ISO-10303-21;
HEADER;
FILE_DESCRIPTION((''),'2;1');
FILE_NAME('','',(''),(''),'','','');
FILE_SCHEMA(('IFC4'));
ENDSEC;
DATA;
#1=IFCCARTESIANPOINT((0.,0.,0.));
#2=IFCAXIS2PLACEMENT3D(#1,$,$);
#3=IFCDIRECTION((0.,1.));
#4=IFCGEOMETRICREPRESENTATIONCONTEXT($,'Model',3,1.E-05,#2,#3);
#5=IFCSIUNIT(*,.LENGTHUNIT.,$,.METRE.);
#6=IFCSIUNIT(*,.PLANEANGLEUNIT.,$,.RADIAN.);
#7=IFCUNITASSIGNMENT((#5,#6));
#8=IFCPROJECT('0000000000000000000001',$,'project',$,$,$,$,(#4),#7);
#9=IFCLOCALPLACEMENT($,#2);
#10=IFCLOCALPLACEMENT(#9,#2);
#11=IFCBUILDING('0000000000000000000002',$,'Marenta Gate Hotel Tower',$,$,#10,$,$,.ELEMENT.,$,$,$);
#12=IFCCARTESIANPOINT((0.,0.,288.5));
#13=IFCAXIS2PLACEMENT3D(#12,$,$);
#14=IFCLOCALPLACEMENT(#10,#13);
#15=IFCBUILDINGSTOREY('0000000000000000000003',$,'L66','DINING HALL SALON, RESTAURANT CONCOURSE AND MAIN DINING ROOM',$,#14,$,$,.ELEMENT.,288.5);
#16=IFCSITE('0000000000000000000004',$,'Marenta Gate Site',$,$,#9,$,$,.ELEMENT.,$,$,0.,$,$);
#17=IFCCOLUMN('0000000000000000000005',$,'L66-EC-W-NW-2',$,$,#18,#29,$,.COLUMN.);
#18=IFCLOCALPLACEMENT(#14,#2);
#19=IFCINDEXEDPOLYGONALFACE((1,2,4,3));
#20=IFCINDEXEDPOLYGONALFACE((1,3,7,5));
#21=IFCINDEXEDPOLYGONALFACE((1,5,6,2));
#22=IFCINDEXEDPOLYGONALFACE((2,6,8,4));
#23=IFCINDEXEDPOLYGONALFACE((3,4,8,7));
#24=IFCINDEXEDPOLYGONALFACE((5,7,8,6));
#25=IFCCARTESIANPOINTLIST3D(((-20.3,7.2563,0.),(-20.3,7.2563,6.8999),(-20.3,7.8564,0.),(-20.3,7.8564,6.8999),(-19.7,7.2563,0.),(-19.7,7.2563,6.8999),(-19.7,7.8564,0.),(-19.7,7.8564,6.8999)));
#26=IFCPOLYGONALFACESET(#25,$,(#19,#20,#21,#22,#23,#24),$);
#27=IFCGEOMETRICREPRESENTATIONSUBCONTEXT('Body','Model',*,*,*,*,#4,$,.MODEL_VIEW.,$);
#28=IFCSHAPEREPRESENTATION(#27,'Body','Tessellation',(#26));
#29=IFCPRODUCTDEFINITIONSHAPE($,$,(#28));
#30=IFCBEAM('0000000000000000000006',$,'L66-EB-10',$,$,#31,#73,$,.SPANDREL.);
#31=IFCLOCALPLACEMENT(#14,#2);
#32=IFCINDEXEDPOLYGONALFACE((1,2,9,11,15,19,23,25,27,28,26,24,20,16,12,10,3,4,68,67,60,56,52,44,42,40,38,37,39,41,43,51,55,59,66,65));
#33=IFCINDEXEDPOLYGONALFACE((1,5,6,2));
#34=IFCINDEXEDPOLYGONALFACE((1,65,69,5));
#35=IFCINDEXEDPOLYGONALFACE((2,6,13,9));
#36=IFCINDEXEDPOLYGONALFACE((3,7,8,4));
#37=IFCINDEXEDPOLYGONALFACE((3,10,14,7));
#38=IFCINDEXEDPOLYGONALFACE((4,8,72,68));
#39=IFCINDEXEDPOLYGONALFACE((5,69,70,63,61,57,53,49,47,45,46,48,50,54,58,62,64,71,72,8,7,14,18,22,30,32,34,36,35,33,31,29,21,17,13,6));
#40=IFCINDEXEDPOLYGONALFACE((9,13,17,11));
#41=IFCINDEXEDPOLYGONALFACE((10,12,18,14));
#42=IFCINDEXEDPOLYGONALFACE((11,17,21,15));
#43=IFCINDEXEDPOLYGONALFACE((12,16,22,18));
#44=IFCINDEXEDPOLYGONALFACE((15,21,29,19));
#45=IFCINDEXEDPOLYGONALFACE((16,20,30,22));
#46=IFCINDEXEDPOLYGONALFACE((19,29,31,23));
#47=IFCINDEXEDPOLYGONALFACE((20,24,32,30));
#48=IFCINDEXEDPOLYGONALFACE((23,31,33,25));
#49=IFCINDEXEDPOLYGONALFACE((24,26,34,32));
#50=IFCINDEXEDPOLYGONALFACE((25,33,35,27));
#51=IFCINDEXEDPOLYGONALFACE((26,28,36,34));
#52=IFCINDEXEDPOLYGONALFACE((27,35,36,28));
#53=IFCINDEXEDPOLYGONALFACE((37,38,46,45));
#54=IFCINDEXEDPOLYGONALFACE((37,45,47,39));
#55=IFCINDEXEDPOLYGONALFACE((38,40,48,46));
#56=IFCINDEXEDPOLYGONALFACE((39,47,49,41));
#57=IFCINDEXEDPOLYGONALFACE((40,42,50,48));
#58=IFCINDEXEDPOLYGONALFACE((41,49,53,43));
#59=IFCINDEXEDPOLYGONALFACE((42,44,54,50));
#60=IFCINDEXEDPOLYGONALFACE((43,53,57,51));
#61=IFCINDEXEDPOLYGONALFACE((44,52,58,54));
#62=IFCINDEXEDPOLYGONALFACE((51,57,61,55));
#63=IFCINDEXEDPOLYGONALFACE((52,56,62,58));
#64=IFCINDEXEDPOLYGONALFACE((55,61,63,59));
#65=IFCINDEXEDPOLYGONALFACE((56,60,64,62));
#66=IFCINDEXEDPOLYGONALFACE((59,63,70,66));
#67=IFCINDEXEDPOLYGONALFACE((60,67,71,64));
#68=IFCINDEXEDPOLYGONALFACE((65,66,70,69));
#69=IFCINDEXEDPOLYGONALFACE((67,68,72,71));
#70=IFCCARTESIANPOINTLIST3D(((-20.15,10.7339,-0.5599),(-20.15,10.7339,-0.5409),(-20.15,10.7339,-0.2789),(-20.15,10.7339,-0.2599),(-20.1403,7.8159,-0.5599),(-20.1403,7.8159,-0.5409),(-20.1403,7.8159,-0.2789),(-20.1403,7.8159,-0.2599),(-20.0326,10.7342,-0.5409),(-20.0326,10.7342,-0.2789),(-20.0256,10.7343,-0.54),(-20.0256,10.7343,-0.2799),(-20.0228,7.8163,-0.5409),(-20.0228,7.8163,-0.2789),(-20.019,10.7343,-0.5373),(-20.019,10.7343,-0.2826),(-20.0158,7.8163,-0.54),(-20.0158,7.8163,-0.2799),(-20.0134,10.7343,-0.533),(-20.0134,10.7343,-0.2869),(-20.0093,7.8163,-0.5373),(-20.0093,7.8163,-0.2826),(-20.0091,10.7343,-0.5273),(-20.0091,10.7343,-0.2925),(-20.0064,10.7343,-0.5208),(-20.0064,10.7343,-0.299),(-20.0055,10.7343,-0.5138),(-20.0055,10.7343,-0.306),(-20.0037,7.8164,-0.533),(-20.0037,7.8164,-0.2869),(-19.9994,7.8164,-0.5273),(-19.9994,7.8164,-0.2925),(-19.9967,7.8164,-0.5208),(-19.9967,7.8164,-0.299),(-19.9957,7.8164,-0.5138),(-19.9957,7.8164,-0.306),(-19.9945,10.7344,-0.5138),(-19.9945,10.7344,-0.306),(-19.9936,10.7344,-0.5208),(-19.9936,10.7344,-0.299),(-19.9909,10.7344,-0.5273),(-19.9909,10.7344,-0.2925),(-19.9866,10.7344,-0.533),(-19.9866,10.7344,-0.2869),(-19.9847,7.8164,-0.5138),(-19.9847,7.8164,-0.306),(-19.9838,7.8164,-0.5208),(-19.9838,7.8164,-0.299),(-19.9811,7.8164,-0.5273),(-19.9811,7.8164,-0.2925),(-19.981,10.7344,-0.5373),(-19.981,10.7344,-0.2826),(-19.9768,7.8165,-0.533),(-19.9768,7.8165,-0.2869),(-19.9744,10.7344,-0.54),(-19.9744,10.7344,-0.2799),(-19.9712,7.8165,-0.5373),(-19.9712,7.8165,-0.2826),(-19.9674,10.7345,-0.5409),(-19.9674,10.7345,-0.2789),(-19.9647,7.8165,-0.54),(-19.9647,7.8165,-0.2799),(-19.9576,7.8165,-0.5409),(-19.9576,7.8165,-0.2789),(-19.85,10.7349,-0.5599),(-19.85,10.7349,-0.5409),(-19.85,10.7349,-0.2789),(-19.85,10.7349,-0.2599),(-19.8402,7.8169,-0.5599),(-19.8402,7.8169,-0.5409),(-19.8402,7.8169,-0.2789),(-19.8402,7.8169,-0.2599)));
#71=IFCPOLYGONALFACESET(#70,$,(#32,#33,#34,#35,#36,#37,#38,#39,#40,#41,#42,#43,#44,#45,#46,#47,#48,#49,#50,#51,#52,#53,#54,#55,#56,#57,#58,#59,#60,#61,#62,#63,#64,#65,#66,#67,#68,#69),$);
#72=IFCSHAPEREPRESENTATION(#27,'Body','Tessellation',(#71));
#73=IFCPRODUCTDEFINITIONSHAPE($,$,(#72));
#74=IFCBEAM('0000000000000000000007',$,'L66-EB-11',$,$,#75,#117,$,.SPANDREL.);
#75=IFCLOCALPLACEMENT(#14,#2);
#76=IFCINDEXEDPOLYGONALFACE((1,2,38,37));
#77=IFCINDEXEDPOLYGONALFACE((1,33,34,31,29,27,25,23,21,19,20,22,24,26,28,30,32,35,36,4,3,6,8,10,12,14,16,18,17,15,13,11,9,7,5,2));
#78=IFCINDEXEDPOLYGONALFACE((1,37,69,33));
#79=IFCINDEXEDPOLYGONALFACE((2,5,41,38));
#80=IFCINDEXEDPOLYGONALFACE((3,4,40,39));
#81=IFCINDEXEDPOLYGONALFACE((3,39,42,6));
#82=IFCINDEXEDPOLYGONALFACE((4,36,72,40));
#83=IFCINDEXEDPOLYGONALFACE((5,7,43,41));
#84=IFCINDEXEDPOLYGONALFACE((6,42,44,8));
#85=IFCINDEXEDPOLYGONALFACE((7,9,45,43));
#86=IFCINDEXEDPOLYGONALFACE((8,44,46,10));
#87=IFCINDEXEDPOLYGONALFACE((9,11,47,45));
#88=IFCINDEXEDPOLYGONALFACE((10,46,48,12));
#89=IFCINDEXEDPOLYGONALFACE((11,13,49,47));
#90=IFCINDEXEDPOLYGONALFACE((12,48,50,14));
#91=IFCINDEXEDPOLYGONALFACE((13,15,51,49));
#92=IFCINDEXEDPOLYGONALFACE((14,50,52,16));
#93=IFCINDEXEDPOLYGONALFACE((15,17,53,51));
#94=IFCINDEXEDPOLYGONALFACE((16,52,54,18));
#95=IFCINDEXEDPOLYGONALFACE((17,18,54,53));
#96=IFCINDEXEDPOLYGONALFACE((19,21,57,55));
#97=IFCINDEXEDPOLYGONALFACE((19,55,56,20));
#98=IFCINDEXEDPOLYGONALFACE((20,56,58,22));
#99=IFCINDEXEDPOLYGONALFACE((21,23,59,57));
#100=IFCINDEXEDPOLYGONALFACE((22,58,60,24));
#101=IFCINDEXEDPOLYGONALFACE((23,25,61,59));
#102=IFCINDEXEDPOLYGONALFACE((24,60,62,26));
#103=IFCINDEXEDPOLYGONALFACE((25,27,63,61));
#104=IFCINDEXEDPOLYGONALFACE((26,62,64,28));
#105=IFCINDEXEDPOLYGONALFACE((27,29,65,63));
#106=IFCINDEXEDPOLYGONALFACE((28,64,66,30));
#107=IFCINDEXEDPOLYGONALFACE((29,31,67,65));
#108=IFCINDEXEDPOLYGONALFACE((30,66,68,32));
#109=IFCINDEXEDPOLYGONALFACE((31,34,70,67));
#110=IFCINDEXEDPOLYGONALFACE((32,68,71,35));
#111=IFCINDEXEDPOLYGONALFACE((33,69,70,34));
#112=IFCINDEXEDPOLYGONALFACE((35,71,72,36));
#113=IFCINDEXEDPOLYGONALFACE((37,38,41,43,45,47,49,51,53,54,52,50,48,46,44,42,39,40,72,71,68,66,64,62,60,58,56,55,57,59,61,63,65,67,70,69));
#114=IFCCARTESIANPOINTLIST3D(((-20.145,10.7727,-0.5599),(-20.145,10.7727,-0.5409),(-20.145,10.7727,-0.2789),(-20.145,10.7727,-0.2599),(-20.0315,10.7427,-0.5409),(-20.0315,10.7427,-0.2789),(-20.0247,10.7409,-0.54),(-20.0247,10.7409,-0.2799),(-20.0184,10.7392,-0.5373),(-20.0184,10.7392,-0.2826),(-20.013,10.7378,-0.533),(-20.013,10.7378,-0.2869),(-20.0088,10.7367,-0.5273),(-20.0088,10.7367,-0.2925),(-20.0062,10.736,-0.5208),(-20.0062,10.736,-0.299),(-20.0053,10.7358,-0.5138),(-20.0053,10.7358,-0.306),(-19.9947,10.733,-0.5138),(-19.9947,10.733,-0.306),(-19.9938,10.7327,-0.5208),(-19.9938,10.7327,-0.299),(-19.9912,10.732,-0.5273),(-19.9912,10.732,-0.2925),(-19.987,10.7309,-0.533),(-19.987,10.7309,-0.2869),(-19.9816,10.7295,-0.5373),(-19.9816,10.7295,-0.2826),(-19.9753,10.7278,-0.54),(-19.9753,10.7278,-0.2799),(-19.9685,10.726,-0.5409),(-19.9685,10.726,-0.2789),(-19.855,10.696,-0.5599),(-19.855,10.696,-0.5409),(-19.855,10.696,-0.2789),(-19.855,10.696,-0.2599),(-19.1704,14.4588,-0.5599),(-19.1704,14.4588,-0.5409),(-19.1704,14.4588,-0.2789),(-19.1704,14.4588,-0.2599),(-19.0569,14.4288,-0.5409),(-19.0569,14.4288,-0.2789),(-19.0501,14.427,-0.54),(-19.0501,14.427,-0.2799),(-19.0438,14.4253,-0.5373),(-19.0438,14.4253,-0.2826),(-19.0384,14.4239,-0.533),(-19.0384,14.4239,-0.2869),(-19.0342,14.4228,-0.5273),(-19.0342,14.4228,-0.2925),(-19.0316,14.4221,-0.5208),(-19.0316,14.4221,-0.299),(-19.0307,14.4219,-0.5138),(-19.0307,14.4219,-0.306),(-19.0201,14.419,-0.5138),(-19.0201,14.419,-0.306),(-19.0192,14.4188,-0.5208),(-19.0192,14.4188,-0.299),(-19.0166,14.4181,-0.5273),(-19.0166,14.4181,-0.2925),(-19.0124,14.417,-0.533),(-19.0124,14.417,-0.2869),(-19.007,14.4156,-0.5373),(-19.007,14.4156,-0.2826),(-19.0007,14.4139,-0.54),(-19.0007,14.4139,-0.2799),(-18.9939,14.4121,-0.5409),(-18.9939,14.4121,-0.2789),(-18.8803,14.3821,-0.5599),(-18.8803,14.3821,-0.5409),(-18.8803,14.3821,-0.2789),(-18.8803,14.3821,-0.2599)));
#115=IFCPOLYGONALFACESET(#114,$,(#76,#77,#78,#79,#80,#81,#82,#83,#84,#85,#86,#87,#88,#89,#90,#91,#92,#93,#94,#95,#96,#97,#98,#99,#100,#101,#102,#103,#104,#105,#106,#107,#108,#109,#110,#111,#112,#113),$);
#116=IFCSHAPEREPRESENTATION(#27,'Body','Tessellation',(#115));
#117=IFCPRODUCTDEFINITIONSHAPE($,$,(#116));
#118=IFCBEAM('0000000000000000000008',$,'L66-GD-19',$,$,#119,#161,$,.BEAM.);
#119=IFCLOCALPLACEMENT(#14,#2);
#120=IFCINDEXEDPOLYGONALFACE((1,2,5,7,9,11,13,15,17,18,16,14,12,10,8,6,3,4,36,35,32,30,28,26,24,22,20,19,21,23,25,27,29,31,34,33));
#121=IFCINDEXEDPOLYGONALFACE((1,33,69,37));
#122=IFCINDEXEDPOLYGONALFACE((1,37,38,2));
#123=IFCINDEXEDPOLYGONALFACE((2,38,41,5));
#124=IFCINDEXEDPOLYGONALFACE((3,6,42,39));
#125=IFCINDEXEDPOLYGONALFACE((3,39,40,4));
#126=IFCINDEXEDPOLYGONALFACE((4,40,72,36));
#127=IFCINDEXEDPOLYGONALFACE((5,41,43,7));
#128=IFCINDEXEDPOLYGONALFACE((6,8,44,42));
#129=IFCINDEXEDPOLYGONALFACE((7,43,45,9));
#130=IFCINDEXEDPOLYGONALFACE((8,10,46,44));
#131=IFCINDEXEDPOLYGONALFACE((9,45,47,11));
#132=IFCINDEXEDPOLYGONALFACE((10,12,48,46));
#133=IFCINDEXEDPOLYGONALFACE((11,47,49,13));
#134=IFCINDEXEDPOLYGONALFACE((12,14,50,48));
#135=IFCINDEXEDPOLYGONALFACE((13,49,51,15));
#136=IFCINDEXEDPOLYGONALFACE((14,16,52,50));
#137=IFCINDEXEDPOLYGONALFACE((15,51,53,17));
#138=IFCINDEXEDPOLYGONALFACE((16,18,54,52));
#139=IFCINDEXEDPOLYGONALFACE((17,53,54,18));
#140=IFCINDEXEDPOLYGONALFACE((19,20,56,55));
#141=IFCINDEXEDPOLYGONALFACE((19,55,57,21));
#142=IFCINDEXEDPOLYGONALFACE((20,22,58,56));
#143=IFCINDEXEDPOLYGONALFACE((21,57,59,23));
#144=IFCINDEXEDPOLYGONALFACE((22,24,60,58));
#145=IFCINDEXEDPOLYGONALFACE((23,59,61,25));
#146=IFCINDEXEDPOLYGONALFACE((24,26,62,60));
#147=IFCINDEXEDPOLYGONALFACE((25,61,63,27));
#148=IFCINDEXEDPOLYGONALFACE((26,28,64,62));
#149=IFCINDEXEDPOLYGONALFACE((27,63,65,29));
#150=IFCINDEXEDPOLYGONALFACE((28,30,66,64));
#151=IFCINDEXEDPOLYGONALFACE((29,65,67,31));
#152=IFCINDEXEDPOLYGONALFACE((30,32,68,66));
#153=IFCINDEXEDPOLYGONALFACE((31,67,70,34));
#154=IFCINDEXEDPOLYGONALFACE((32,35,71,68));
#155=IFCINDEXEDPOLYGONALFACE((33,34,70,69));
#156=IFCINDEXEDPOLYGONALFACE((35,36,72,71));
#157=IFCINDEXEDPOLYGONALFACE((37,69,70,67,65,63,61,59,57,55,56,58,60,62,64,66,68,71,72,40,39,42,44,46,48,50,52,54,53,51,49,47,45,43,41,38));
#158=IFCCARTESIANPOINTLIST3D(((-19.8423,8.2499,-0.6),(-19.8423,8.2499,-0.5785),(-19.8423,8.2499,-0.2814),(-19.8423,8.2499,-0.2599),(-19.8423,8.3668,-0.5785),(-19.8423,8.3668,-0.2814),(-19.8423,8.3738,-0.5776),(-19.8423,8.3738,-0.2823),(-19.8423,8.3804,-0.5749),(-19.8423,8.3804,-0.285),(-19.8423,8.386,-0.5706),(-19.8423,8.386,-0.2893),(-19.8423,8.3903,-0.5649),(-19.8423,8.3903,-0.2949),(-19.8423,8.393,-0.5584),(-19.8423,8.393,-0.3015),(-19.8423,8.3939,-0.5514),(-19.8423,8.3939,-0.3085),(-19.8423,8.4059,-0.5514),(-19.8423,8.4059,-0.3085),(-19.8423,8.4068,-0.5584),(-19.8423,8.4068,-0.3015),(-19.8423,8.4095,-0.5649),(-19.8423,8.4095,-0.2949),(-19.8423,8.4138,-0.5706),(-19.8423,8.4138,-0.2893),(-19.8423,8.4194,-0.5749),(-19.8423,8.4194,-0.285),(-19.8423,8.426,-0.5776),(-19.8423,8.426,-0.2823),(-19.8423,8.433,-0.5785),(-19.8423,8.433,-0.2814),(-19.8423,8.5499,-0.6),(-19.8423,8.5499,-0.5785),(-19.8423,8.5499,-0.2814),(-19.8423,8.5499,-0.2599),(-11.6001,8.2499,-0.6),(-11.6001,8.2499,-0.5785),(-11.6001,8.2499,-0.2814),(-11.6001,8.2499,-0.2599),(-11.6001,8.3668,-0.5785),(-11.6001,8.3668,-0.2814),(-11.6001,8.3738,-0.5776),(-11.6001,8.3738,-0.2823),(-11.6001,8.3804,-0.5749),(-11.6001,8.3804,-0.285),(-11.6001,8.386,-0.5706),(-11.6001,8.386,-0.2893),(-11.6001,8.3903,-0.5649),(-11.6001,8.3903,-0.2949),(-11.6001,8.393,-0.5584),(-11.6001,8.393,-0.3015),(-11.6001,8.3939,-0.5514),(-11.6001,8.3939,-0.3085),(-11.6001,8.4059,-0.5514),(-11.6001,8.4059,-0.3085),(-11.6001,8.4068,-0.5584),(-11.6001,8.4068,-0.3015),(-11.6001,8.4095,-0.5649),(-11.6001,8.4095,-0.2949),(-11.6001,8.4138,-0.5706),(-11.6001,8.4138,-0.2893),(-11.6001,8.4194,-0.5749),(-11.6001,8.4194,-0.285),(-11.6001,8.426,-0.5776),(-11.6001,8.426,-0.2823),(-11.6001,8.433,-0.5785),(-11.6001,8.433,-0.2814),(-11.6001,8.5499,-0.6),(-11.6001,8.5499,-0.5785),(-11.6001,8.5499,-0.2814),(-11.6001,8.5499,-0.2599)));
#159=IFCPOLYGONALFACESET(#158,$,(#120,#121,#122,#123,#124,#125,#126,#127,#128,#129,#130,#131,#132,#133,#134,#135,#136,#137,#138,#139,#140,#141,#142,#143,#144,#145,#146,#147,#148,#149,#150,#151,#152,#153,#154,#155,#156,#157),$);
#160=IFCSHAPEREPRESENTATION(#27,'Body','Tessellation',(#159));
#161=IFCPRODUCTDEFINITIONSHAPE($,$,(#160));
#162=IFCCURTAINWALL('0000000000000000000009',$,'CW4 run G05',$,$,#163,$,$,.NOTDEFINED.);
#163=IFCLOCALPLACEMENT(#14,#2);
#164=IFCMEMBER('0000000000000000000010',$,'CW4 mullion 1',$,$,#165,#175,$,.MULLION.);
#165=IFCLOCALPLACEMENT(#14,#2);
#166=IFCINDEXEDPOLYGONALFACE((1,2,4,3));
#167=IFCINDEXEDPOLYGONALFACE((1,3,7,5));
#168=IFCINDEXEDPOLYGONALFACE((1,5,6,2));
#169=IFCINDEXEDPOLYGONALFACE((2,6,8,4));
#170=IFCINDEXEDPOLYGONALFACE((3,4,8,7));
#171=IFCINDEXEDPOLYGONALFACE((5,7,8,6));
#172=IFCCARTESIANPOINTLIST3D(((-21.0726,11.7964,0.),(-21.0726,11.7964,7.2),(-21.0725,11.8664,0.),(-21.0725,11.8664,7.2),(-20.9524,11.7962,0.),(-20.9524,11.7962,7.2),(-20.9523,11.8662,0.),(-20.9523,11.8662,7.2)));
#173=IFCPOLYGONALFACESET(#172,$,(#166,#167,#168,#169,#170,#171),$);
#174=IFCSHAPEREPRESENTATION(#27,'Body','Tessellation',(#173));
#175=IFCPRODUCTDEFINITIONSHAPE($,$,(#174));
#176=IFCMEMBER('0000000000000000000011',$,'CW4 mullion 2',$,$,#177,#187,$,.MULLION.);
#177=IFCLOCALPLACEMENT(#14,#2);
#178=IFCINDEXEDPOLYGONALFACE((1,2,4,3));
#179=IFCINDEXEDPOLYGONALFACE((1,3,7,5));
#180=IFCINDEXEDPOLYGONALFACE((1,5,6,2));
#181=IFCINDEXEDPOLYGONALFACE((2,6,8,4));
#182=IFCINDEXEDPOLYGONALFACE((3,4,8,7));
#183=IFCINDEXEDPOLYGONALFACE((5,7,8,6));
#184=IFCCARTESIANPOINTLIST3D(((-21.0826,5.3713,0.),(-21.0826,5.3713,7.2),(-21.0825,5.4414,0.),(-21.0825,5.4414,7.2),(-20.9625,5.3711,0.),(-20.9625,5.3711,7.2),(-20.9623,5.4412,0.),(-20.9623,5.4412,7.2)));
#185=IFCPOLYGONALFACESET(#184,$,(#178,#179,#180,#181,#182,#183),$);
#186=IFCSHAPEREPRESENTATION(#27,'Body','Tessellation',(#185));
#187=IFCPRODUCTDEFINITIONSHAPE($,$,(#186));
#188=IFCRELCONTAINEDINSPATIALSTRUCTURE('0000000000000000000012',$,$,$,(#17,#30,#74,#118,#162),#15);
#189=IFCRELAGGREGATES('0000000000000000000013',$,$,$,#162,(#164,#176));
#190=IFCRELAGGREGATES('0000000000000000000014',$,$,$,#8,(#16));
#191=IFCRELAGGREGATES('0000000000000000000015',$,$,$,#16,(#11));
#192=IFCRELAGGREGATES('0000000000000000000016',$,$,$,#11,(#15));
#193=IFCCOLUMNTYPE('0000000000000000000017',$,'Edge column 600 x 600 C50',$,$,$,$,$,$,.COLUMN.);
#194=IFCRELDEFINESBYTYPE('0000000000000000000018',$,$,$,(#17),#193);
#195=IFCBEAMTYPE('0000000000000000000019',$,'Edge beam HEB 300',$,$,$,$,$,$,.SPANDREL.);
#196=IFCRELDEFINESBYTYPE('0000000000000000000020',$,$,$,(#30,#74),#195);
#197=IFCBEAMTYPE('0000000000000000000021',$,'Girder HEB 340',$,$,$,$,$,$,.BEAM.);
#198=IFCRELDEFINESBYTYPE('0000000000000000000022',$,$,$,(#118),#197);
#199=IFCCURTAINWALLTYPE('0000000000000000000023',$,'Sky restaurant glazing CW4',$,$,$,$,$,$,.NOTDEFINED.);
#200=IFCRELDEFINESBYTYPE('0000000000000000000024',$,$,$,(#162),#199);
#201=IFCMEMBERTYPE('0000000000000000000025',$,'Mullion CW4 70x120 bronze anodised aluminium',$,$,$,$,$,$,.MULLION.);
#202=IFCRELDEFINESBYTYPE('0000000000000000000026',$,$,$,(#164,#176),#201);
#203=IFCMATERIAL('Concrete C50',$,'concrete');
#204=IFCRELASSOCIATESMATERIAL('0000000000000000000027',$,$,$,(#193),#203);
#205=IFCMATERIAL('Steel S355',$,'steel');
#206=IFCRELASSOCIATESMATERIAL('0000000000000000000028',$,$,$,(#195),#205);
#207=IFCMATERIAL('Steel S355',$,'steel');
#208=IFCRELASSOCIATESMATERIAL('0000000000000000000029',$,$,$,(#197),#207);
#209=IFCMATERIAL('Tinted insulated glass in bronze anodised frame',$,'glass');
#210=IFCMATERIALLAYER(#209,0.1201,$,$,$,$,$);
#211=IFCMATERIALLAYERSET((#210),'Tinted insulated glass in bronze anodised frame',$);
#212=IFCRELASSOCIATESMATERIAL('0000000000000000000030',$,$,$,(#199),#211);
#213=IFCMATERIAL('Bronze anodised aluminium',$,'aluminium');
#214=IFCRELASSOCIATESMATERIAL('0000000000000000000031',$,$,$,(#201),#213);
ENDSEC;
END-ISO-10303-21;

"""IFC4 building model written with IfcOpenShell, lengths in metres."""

from ifc_helpers import new_model, si_unit, direction, frame, origin, origin_2d, place, context, subcontext, project, spatial, rectangle, i_section, extrude, material, layer, layer_set, material_profile, profile_set, type_object, element, aggregate, save


model = new_model("IFC4")

# Units and contexts
model_context = context("Model", 3, precision=1e-05, world=origin(), true_north=direction((0.0, 1.0)))
body_context = subcontext(model_context, "Body", "Model", "MODEL_VIEW")
ifc_project = project(units=[si_unit("LENGTHUNIT", "METRE"), si_unit("PLANEANGLEUNIT", "RADIAN")], contexts=[model_context])

# Site, building, storey
site_placement = place(None, origin())
site = spatial("IfcSite", under=ifc_project, at=site_placement, Name="Marenta Gate Site", CompositionType="ELEMENT", RefElevation=0.0)
building_placement = place(site_placement, origin())
building = spatial("IfcBuilding", under=site, at=building_placement, Name="Marenta Gate Hotel Tower", CompositionType="ELEMENT")
storey_placement = place(building_placement, frame((0.0, 0.0, 288.5)))
storey = spatial("IfcBuildingStorey", under=building, at=storey_placement, Name="L66", Description="DINING HALL SALON, RESTAURANT CONCOURSE AND MAIN DINING ROOM", CompositionType="ELEMENT", Elevation=288.5)

# Column
ifc_material_1 = material(Name="Concrete C50", Category="concrete")
ifc_material_profile_1 = material_profile(ifc_material_1, rectangle(XDim=0.6001, YDim=0.6001, at=origin_2d()), Name="600 x 600")
ifc_profile_set_1 = profile_set([ifc_material_profile_1], Name="Concrete C50")
column_type = type_object("IfcColumnType", Name="Edge column 600 x 600 C50", PredefinedType="COLUMN", material=ifc_profile_set_1)
column_placement = place(storey_placement, frame((-20.0, 7.5564, 0.0), z_axis=(0.0, 0.0, 1.0), x_axis=(1.0, 0.0, 0.0)))
element("IfcColumn", 1, at=column_placement, inside=storey, type_object=column_type, Name="L66-EC-W-NW-2", PredefinedType="COLUMN", context=body_context, shape_type="SweptSolid", body=[
    extrude(rectangle(XDim=0.6001, YDim=0.6001, at=origin_2d()), origin(), (0.0, 0.0, 1.0), 6.8999),
])

# Beams
ifc_material_2 = material(Name="Steel S355", Category="steel")
ifc_material_profile_2 = material_profile(ifc_material_2, i_section(OverallWidth=0.3, OverallDepth=0.3, WebThickness=0.011, FlangeThickness=0.019, FilletRadius=0.0271, at=origin_2d()), Name="HEB 300")
ifc_profile_set_2 = profile_set([ifc_material_profile_2], Name="Steel S355")
beam_type_1 = type_object("IfcBeamType", Name="Edge beam HEB 300", PredefinedType="SPANDREL", material=ifc_profile_set_2)
beam_1_placement = place(storey_placement, frame((-19.9902, 7.8164, -0.4099), z_axis=(-0.003347, 0.999994, 0.0), x_axis=(-0.999994, -0.003347, 0.0)))
element("IfcBeam", 2, at=beam_1_placement, inside=storey, type_object=beam_type_1, Name="L66-EB-10", PredefinedType="SPANDREL", context=body_context, shape_type="SweptSolid", body=[
    extrude(i_section(OverallWidth=0.3, OverallDepth=0.3, WebThickness=0.011, FlangeThickness=0.019, FilletRadius=0.0271, at=origin_2d()), origin(), (0.0, 0.0, 1.0), 2.918),
])
beam_2_placement = place(storey_placement, frame((-20.0, 10.7344, -0.4099), z_axis=(0.255622, 0.966777, 0.0), x_axis=(-0.966777, 0.255622, 0.0)))
element("IfcBeam", 3, at=beam_2_placement, inside=storey, type_object=beam_type_1, Name="L66-EB-11", PredefinedType="SPANDREL", context=body_context, shape_type="SweptSolid", body=[
    extrude(i_section(OverallWidth=0.3, OverallDepth=0.3, WebThickness=0.011, FlangeThickness=0.019, FilletRadius=0.0271, at=origin_2d()), origin(), (0.0, 0.0, 1.0), 3.8127),
])
ifc_material_3 = material(Name="Steel S355", Category="steel")
ifc_material_profile_3 = material_profile(ifc_material_3, i_section(OverallWidth=0.3, OverallDepth=0.3401, WebThickness=0.012, FlangeThickness=0.0215, FilletRadius=0.0271, at=origin_2d()), Name="HEB 340")
ifc_profile_set_3 = profile_set([ifc_material_profile_3], Name="Steel S355")
beam_type_2 = type_object("IfcBeamType", Name="Girder HEB 340", PredefinedType="BEAM", material=ifc_profile_set_3)
beam_3_placement = place(storey_placement, frame((-19.8423, 8.3999, -0.4299), z_axis=(1.0, 0.0, 0.0), x_axis=(0.0, 1.0, 0.0)))
element("IfcBeam", 4, at=beam_3_placement, inside=storey, type_object=beam_type_2, Name="L66-GD-19", PredefinedType="BEAM", context=body_context, shape_type="SweptSolid", body=[
    extrude(i_section(OverallWidth=0.3, OverallDepth=0.3401, WebThickness=0.012, FlangeThickness=0.0215, FilletRadius=0.0271, at=origin_2d()), origin(), (0.0, 0.0, 1.0), 8.2422),
])

# Curtain wall, members
ifc_material_4 = material(Name="Tinted insulated glass in bronze anodised frame", Category="glass")
ifc_layer_1 = layer(ifc_material_4, 0.1201)
ifc_layer_set_1 = layer_set([ifc_layer_1], Name="Tinted insulated glass in bronze anodised frame")
curtain_wall_type = type_object("IfcCurtainWallType", Name="Sky restaurant glazing CW4", PredefinedType="NOTDEFINED", material=ifc_layer_set_1)
curtain_wall_1_placement = place(storey_placement, origin())
curtain_wall_1 = element("IfcCurtainWall", 5, at=curtain_wall_1_placement, inside=storey, type_object=curtain_wall_type, Name="CW4 run G05", PredefinedType="NOTDEFINED")
ifc_material_5 = material(Name="Bronze anodised aluminium", Category="aluminium")
ifc_material_profile_4 = material_profile(ifc_material_5, rectangle(XDim=0.1201, YDim=0.0701, at=origin_2d()), Name="Mullion CW4 70x120 bronze anodised aluminium")
ifc_profile_set_4 = profile_set([ifc_material_profile_4], Name="Bronze anodised aluminium")
member_type_1 = type_object("IfcMemberType", Name="Mullion CW4 70x120 bronze anodised aluminium", PredefinedType="MULLION", material=ifc_profile_set_4)
member_1_placement = place(storey_placement, frame((-21.0125, 11.8313, 0.0), z_axis=(0.0, 0.0, 1.0), x_axis=(0.999999, -0.001566, 0.0)))
member_1 = element("IfcMember", 6, at=member_1_placement, type_object=member_type_1, Name="CW4 mullion 1", PredefinedType="MULLION", context=body_context, shape_type="SweptSolid", body=[
    extrude(rectangle(XDim=0.1201, YDim=0.0701, at=origin_2d()), origin(), (0.0, 0.0, 1.0), 7.2),
])
member_2_placement = place(storey_placement, frame((-21.0225, 5.4062, 0.0), z_axis=(0.0, 0.0, 1.0), x_axis=(0.999999, -0.001566, 0.0)))
member_2 = element("IfcMember", 7, at=member_2_placement, type_object=member_type_1, Name="CW4 mullion 2", PredefinedType="MULLION", context=body_context, shape_type="SweptSolid", body=[
    extrude(rectangle(XDim=0.1201, YDim=0.0701, at=origin_2d()), origin(), (0.0, 0.0, 1.0), 7.2),
])

aggregate(curtain_wall_1, [member_1, member_2])

save(model, "model.ifc")
